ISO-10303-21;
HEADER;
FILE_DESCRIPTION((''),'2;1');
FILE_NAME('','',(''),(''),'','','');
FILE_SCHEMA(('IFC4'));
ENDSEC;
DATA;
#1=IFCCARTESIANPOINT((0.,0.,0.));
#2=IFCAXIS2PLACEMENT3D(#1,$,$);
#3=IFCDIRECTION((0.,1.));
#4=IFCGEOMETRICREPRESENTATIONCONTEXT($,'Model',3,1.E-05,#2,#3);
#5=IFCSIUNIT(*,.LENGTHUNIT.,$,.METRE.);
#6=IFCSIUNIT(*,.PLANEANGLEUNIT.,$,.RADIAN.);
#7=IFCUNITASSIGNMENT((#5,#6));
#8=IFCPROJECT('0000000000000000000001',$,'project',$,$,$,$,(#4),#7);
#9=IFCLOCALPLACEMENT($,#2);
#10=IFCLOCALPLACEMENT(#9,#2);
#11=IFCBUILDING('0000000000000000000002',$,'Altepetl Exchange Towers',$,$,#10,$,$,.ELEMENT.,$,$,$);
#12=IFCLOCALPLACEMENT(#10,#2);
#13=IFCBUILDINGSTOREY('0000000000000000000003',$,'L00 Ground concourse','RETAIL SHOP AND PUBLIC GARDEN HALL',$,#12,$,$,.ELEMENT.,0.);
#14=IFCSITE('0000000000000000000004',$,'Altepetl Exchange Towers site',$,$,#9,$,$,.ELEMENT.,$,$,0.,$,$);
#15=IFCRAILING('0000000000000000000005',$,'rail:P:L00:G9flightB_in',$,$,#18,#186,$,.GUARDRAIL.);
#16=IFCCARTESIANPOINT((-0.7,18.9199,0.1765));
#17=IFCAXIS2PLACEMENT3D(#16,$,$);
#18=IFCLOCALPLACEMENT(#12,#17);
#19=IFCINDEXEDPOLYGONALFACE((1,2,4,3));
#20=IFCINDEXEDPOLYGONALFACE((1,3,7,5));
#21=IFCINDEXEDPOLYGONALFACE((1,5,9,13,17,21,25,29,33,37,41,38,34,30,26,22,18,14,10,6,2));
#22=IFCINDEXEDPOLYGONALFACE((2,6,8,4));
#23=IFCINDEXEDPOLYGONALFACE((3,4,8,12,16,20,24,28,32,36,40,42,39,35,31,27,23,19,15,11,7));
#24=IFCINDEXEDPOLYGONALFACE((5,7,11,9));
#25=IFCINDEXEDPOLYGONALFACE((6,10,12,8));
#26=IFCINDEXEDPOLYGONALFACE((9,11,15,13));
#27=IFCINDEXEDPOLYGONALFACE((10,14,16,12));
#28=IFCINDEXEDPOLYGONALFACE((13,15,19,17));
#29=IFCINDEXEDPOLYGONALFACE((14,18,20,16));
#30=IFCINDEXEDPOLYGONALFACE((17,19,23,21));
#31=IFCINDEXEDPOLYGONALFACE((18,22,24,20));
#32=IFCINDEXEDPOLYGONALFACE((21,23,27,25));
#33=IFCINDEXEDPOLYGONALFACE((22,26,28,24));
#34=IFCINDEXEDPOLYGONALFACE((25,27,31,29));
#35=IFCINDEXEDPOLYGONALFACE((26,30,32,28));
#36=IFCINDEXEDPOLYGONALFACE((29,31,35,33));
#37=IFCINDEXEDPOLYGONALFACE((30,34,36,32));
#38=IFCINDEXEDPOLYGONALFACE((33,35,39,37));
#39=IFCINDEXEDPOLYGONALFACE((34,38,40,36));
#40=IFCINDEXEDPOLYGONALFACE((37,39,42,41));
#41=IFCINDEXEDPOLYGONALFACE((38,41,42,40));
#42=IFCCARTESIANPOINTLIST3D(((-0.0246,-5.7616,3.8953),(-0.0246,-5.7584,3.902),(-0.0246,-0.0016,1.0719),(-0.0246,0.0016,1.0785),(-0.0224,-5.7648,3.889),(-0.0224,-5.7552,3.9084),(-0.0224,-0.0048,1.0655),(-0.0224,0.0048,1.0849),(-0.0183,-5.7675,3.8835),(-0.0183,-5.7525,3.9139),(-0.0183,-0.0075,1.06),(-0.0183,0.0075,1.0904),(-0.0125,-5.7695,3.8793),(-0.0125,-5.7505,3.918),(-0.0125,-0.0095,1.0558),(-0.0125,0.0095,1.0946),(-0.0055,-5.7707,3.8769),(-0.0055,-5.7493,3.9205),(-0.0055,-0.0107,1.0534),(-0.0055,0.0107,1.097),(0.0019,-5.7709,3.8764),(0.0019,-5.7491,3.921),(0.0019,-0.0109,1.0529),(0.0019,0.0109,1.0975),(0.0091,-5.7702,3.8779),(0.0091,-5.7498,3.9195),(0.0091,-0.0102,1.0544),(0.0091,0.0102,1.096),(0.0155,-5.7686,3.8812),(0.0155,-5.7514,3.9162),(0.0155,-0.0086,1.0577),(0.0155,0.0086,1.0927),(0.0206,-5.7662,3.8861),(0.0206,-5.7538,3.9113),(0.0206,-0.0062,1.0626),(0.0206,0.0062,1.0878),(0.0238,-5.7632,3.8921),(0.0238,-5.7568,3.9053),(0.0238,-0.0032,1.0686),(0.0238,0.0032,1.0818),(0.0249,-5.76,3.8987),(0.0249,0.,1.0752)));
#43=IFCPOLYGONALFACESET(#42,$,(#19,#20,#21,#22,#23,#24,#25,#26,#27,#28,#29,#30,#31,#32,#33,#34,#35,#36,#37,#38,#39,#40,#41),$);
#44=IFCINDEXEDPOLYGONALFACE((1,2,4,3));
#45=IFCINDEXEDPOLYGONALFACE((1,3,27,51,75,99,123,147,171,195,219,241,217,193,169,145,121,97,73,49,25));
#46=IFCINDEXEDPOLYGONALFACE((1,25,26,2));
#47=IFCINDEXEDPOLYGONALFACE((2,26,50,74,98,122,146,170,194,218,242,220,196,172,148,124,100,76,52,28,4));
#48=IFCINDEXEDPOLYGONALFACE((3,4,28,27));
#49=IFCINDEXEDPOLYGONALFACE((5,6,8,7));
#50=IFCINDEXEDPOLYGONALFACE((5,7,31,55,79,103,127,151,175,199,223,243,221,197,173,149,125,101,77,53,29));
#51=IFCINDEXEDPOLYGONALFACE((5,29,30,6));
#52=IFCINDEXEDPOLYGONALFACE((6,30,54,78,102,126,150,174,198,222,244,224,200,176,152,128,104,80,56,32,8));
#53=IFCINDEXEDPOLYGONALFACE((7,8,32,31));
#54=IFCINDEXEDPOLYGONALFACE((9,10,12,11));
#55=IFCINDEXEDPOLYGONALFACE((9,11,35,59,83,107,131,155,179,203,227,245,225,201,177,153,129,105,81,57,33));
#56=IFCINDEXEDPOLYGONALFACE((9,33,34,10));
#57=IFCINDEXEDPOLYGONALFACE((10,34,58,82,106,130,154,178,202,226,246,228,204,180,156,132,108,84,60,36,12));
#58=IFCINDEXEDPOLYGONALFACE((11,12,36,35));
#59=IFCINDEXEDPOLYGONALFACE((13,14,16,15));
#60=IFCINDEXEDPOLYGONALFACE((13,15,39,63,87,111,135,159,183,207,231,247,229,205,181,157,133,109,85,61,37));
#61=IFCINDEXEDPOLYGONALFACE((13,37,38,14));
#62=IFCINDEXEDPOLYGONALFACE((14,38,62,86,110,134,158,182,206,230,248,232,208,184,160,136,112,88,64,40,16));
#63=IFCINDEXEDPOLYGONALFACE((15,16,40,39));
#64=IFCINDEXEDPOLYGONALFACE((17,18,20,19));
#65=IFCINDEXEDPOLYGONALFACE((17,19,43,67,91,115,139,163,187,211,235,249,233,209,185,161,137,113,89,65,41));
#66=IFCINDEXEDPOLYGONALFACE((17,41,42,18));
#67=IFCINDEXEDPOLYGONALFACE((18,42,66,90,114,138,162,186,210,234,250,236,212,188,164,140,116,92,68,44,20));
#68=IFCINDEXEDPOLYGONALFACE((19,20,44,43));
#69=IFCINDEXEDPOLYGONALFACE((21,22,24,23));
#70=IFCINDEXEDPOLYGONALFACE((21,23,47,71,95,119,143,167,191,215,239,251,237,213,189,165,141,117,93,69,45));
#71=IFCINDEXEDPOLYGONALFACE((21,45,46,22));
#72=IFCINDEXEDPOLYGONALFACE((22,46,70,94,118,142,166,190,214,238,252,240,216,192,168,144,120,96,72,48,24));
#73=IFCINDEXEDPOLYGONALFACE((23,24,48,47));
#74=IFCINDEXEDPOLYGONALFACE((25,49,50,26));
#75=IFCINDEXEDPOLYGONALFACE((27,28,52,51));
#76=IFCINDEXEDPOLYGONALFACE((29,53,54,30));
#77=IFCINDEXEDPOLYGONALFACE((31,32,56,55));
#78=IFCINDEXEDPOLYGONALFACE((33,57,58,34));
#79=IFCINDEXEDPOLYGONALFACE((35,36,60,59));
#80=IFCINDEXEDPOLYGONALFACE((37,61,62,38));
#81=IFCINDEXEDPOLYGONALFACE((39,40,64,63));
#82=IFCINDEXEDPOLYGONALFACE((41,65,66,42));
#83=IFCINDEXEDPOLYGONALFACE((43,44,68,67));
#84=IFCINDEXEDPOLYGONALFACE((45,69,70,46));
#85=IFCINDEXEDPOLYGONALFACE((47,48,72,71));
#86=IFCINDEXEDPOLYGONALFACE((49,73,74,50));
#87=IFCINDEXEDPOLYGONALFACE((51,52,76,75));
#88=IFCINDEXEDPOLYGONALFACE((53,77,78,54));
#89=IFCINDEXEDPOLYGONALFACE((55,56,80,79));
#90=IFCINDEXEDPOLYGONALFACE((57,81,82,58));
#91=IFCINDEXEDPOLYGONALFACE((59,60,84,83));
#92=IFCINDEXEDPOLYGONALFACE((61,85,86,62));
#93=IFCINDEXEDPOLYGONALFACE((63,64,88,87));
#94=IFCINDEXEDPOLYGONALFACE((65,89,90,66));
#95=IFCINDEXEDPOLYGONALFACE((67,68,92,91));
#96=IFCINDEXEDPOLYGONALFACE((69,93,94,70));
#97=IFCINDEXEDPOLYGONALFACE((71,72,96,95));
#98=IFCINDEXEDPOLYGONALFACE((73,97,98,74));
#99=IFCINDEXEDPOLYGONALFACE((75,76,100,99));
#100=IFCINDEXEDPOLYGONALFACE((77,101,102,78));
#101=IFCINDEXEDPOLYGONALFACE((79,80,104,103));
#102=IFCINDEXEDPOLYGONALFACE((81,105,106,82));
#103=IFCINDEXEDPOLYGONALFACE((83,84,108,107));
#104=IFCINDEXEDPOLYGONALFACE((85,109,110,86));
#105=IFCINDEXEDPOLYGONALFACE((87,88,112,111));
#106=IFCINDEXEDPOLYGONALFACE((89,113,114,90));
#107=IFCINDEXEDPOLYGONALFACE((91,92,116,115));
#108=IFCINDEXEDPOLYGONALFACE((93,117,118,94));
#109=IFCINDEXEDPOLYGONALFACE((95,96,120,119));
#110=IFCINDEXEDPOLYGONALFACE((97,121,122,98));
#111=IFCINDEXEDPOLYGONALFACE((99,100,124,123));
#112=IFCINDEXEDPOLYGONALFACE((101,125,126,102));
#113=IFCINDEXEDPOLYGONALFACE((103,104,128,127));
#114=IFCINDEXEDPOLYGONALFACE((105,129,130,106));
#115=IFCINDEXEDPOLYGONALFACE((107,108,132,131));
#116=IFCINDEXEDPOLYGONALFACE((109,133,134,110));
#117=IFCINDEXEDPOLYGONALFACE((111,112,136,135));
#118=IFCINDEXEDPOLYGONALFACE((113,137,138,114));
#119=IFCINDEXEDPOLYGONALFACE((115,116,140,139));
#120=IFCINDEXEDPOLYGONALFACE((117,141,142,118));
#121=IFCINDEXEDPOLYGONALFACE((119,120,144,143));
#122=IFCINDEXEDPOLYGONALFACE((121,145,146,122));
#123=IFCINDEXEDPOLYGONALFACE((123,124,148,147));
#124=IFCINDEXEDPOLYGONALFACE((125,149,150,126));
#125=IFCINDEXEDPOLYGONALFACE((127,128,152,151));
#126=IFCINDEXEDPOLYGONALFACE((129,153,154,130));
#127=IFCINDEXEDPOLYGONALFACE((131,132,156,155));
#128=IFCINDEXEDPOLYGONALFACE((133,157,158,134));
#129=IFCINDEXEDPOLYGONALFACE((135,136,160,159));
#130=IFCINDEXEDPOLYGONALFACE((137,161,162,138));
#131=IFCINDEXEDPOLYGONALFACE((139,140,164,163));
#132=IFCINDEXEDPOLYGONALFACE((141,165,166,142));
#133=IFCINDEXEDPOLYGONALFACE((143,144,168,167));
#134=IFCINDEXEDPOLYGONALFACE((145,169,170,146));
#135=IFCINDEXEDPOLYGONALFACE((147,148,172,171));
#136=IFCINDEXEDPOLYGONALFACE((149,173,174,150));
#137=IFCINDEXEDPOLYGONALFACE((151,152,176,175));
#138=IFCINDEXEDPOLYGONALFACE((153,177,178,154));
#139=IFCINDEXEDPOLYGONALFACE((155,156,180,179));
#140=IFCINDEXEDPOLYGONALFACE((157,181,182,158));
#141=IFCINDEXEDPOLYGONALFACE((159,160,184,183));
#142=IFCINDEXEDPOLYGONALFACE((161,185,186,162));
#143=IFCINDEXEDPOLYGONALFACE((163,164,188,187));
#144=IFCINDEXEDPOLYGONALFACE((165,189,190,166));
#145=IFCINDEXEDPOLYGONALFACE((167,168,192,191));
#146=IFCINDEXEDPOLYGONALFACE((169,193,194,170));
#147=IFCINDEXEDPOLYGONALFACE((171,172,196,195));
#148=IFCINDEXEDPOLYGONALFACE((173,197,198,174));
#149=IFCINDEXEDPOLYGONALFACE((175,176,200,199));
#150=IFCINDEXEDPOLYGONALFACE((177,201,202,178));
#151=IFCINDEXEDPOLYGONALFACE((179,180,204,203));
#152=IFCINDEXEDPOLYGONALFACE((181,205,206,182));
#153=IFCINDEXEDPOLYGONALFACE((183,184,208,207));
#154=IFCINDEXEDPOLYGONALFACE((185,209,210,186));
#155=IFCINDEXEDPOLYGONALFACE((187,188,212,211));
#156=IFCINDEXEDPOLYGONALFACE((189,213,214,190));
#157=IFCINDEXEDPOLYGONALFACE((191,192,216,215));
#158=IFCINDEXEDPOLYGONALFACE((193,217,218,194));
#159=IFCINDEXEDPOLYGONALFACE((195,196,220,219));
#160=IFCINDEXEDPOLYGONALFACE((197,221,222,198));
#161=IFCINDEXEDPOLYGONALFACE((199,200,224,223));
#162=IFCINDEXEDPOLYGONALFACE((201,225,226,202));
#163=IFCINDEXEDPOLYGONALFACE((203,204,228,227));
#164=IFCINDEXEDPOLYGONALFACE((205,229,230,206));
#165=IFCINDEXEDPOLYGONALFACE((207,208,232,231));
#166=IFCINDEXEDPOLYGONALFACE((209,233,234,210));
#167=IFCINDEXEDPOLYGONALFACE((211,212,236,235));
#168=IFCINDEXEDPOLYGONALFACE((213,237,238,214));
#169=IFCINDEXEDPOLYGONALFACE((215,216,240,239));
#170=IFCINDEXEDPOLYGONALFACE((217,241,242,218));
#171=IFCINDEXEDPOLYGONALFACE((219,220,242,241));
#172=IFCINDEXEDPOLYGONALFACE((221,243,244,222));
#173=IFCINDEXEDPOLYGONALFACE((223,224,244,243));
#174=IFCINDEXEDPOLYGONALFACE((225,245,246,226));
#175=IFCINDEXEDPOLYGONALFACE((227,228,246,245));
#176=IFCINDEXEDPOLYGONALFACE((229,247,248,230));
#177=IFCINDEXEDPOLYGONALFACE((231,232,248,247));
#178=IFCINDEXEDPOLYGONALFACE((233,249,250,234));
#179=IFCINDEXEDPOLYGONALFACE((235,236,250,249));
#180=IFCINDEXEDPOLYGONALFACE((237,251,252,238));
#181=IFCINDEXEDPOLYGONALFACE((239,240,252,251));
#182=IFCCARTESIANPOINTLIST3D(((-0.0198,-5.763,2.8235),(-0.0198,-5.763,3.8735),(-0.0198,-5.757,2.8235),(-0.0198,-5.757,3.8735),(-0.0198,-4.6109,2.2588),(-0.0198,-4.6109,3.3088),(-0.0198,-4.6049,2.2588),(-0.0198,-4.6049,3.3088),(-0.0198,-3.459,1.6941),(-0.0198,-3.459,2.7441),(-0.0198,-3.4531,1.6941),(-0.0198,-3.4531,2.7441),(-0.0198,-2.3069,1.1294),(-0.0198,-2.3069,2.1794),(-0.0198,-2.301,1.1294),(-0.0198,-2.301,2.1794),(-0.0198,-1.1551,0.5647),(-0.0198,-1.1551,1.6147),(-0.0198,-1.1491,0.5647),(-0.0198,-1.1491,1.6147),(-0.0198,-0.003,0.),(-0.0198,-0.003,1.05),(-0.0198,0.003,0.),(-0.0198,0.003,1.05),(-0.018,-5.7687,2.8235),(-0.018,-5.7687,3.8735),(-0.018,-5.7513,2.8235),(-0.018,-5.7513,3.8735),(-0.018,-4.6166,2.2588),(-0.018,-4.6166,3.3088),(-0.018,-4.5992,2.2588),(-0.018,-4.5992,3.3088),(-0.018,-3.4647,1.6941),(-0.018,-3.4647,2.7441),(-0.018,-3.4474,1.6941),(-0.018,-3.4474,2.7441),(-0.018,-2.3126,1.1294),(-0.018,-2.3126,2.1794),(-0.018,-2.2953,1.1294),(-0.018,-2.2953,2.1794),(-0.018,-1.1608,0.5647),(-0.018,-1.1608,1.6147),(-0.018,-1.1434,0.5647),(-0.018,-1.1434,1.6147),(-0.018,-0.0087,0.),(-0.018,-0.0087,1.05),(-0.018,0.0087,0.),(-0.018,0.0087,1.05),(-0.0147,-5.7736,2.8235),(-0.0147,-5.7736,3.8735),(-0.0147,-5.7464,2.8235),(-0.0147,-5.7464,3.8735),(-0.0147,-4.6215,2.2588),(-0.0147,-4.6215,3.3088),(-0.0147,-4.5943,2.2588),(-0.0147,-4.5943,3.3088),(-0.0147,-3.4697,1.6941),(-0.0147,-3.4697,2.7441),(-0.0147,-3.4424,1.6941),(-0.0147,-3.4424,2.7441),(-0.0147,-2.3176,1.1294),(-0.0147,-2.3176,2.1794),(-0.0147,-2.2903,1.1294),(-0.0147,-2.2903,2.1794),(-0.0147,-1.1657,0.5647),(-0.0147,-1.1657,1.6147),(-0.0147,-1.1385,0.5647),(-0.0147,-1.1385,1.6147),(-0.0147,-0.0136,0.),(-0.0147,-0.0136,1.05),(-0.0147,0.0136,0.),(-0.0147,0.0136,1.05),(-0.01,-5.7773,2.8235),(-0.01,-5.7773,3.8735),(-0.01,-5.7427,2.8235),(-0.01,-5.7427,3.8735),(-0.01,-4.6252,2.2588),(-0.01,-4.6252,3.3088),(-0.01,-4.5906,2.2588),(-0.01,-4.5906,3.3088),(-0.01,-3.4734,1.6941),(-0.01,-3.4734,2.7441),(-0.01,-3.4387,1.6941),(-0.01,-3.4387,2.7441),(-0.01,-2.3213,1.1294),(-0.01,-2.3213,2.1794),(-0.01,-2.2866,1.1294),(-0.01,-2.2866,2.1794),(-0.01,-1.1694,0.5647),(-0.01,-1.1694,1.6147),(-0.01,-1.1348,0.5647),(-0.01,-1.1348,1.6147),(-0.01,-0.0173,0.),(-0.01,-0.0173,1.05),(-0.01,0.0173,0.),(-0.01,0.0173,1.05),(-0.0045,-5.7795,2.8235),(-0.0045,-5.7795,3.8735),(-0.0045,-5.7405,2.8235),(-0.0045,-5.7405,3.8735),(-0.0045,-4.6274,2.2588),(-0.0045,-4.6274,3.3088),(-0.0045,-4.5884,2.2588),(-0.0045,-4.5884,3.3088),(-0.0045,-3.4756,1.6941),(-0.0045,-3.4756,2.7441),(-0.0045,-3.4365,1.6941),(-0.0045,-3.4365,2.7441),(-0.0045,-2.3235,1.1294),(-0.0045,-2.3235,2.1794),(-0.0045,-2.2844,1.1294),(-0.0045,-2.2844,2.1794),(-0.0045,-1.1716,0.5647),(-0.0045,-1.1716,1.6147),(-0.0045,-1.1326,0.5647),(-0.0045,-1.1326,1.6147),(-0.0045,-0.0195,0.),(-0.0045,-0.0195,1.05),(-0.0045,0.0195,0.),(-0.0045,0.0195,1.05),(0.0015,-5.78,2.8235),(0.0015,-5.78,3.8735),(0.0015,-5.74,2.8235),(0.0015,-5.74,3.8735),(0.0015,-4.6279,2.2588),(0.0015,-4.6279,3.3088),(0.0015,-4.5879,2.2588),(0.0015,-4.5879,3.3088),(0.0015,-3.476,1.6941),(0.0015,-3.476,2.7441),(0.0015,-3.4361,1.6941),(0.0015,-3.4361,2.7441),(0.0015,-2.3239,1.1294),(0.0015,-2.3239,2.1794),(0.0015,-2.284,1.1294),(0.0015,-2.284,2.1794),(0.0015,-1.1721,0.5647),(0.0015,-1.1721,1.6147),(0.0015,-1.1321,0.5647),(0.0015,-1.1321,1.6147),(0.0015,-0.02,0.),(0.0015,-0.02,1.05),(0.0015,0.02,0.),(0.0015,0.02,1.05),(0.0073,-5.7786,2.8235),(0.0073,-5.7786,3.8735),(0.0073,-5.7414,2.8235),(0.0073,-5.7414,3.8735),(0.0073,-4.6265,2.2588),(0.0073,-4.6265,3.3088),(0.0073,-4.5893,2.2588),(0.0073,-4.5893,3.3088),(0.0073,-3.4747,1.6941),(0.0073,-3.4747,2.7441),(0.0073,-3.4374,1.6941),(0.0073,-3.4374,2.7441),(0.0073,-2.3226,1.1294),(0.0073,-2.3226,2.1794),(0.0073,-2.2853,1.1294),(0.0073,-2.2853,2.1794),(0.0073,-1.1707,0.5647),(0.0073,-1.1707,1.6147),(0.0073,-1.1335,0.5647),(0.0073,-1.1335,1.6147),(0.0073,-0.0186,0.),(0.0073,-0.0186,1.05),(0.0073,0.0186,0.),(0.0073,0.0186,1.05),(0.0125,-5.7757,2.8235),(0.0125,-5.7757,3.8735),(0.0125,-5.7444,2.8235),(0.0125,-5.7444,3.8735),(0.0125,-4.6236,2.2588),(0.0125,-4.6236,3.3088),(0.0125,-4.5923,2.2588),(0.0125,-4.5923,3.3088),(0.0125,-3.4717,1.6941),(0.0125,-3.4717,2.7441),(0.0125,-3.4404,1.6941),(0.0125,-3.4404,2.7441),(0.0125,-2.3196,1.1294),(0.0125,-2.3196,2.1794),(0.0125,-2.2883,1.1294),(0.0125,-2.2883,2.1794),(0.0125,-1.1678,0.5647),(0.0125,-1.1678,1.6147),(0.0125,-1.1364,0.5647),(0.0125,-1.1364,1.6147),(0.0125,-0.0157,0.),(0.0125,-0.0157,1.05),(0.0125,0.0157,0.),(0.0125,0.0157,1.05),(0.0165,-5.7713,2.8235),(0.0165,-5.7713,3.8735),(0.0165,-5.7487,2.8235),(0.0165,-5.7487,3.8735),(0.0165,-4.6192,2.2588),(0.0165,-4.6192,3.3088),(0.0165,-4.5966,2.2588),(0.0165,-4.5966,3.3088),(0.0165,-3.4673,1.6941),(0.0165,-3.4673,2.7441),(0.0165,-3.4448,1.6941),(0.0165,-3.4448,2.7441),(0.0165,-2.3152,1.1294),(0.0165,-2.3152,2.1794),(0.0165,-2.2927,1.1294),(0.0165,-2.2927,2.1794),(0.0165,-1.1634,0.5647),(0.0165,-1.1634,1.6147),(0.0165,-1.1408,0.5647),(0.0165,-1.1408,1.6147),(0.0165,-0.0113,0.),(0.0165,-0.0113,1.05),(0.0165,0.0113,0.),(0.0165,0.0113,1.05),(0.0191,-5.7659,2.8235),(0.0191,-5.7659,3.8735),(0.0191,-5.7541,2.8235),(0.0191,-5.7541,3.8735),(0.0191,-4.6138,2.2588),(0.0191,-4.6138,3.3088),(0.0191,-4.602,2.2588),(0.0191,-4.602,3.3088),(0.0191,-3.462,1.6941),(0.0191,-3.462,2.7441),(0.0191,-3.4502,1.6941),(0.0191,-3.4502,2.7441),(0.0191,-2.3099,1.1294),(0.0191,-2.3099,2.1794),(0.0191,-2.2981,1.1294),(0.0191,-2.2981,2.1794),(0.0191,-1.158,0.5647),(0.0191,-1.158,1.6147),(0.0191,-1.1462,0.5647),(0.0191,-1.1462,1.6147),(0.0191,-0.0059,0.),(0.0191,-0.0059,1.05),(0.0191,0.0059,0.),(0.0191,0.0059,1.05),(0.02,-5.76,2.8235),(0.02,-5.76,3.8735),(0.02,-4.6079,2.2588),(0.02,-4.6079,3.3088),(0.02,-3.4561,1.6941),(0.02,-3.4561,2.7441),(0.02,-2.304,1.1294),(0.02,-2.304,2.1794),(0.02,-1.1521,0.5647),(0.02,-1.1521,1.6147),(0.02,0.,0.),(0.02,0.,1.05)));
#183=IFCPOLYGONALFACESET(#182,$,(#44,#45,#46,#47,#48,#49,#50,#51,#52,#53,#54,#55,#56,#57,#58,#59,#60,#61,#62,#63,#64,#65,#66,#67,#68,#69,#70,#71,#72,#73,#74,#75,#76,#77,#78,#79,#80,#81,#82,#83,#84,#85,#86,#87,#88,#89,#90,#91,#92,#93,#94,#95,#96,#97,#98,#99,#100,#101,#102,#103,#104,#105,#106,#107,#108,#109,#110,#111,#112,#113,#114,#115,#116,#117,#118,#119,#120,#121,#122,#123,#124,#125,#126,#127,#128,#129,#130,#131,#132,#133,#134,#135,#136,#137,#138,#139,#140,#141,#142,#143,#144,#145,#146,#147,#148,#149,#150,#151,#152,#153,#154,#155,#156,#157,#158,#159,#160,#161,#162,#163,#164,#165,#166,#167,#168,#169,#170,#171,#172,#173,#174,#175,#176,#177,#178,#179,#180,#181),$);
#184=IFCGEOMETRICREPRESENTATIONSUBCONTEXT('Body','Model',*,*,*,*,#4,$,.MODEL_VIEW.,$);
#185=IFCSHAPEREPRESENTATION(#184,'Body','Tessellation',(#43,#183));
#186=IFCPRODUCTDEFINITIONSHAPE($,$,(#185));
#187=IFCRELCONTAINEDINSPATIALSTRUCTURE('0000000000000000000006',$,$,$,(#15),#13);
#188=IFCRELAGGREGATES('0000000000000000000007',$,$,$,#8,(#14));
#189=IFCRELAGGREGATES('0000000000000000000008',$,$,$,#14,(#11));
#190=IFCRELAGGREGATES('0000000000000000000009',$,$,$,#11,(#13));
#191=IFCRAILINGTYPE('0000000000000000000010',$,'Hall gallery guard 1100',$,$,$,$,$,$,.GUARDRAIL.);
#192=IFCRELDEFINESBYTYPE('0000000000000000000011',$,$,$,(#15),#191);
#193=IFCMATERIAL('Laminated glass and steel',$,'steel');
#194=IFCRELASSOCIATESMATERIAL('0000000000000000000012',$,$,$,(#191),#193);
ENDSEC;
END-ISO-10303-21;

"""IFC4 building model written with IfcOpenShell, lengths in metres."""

from ifc_helpers import new_model, si_unit, direction, frame, origin, origin_2d, place, context, subcontext, project, spatial, circle, extrude, source, transform, mapped, material, type_object, element, save


model = new_model("IFC4")

# Units and contexts
model_context = context("Model", 3, precision=1e-05, world=origin(), true_north=direction((0.0, 1.0)))
body_context = subcontext(model_context, "Body", "Model", "MODEL_VIEW")
ifc_project = project(units=[si_unit("LENGTHUNIT", "METRE"), si_unit("PLANEANGLEUNIT", "RADIAN")], contexts=[model_context])

# Site, building, storey
site_placement = place(None, origin())
site = spatial("IfcSite", under=ifc_project, at=site_placement, Name="Altepetl Exchange Towers site", CompositionType="ELEMENT", RefElevation=0.0)
building_placement = place(site_placement, origin())
building = spatial("IfcBuilding", under=site, at=building_placement, Name="Altepetl Exchange Towers", CompositionType="ELEMENT")
storey_placement = place(building_placement, origin())
storey = spatial("IfcBuildingStorey", under=building, at=storey_placement, Name="L00 Ground concourse", Description="RETAIL SHOP AND PUBLIC GARDEN HALL", CompositionType="ELEMENT", Elevation=0.0)

# Railing
ifc_material_1 = material(Name="Laminated glass and steel", Category="steel")
railing_type_1 = type_object("IfcRailingType", Name="Hall gallery guard 1100", PredefinedType="GUARDRAIL", material=ifc_material_1)
shared_shape_1 = source(origin(), body_context, "Body", "SweptSolid", [
    extrude(circle(Radius=0.02, at=origin_2d()), origin(), (0.0, 0.0, 1.0), 1.05),
])
railing_1_placement = place(storey_placement, frame((-0.7, 18.9199, 0.1765)))
element("IfcRailing", 1, at=railing_1_placement, inside=storey, type_object=railing_type_1, Name="rail:P:L00:G9flightB_in", PredefinedType="GUARDRAIL", context=body_context, shape_type="SweptSolid", body=[
    extrude(circle(Radius=0.0249, at=origin_2d()), frame((0.0, 0.0, 1.0752), z_axis=(0.0, -0.897924, 0.440151), x_axis=(1.0, 0.0, 0.0)), (0.0, 0.0, 1.0), 6.4148),
    mapped(shared_shape_1, transform((0.0, 0.0, 0.0))),
    mapped(shared_shape_1, transform((0.0, -1.1521, 0.5647))),
    mapped(shared_shape_1, transform((0.0, -2.304, 1.1294))),
    mapped(shared_shape_1, transform((0.0, -3.4561, 1.6941))),
    mapped(shared_shape_1, transform((0.0, -4.6079, 2.2588))),
    mapped(shared_shape_1, transform((0.0, -5.76, 2.8235))),
])

save(model, "model.ifc")
